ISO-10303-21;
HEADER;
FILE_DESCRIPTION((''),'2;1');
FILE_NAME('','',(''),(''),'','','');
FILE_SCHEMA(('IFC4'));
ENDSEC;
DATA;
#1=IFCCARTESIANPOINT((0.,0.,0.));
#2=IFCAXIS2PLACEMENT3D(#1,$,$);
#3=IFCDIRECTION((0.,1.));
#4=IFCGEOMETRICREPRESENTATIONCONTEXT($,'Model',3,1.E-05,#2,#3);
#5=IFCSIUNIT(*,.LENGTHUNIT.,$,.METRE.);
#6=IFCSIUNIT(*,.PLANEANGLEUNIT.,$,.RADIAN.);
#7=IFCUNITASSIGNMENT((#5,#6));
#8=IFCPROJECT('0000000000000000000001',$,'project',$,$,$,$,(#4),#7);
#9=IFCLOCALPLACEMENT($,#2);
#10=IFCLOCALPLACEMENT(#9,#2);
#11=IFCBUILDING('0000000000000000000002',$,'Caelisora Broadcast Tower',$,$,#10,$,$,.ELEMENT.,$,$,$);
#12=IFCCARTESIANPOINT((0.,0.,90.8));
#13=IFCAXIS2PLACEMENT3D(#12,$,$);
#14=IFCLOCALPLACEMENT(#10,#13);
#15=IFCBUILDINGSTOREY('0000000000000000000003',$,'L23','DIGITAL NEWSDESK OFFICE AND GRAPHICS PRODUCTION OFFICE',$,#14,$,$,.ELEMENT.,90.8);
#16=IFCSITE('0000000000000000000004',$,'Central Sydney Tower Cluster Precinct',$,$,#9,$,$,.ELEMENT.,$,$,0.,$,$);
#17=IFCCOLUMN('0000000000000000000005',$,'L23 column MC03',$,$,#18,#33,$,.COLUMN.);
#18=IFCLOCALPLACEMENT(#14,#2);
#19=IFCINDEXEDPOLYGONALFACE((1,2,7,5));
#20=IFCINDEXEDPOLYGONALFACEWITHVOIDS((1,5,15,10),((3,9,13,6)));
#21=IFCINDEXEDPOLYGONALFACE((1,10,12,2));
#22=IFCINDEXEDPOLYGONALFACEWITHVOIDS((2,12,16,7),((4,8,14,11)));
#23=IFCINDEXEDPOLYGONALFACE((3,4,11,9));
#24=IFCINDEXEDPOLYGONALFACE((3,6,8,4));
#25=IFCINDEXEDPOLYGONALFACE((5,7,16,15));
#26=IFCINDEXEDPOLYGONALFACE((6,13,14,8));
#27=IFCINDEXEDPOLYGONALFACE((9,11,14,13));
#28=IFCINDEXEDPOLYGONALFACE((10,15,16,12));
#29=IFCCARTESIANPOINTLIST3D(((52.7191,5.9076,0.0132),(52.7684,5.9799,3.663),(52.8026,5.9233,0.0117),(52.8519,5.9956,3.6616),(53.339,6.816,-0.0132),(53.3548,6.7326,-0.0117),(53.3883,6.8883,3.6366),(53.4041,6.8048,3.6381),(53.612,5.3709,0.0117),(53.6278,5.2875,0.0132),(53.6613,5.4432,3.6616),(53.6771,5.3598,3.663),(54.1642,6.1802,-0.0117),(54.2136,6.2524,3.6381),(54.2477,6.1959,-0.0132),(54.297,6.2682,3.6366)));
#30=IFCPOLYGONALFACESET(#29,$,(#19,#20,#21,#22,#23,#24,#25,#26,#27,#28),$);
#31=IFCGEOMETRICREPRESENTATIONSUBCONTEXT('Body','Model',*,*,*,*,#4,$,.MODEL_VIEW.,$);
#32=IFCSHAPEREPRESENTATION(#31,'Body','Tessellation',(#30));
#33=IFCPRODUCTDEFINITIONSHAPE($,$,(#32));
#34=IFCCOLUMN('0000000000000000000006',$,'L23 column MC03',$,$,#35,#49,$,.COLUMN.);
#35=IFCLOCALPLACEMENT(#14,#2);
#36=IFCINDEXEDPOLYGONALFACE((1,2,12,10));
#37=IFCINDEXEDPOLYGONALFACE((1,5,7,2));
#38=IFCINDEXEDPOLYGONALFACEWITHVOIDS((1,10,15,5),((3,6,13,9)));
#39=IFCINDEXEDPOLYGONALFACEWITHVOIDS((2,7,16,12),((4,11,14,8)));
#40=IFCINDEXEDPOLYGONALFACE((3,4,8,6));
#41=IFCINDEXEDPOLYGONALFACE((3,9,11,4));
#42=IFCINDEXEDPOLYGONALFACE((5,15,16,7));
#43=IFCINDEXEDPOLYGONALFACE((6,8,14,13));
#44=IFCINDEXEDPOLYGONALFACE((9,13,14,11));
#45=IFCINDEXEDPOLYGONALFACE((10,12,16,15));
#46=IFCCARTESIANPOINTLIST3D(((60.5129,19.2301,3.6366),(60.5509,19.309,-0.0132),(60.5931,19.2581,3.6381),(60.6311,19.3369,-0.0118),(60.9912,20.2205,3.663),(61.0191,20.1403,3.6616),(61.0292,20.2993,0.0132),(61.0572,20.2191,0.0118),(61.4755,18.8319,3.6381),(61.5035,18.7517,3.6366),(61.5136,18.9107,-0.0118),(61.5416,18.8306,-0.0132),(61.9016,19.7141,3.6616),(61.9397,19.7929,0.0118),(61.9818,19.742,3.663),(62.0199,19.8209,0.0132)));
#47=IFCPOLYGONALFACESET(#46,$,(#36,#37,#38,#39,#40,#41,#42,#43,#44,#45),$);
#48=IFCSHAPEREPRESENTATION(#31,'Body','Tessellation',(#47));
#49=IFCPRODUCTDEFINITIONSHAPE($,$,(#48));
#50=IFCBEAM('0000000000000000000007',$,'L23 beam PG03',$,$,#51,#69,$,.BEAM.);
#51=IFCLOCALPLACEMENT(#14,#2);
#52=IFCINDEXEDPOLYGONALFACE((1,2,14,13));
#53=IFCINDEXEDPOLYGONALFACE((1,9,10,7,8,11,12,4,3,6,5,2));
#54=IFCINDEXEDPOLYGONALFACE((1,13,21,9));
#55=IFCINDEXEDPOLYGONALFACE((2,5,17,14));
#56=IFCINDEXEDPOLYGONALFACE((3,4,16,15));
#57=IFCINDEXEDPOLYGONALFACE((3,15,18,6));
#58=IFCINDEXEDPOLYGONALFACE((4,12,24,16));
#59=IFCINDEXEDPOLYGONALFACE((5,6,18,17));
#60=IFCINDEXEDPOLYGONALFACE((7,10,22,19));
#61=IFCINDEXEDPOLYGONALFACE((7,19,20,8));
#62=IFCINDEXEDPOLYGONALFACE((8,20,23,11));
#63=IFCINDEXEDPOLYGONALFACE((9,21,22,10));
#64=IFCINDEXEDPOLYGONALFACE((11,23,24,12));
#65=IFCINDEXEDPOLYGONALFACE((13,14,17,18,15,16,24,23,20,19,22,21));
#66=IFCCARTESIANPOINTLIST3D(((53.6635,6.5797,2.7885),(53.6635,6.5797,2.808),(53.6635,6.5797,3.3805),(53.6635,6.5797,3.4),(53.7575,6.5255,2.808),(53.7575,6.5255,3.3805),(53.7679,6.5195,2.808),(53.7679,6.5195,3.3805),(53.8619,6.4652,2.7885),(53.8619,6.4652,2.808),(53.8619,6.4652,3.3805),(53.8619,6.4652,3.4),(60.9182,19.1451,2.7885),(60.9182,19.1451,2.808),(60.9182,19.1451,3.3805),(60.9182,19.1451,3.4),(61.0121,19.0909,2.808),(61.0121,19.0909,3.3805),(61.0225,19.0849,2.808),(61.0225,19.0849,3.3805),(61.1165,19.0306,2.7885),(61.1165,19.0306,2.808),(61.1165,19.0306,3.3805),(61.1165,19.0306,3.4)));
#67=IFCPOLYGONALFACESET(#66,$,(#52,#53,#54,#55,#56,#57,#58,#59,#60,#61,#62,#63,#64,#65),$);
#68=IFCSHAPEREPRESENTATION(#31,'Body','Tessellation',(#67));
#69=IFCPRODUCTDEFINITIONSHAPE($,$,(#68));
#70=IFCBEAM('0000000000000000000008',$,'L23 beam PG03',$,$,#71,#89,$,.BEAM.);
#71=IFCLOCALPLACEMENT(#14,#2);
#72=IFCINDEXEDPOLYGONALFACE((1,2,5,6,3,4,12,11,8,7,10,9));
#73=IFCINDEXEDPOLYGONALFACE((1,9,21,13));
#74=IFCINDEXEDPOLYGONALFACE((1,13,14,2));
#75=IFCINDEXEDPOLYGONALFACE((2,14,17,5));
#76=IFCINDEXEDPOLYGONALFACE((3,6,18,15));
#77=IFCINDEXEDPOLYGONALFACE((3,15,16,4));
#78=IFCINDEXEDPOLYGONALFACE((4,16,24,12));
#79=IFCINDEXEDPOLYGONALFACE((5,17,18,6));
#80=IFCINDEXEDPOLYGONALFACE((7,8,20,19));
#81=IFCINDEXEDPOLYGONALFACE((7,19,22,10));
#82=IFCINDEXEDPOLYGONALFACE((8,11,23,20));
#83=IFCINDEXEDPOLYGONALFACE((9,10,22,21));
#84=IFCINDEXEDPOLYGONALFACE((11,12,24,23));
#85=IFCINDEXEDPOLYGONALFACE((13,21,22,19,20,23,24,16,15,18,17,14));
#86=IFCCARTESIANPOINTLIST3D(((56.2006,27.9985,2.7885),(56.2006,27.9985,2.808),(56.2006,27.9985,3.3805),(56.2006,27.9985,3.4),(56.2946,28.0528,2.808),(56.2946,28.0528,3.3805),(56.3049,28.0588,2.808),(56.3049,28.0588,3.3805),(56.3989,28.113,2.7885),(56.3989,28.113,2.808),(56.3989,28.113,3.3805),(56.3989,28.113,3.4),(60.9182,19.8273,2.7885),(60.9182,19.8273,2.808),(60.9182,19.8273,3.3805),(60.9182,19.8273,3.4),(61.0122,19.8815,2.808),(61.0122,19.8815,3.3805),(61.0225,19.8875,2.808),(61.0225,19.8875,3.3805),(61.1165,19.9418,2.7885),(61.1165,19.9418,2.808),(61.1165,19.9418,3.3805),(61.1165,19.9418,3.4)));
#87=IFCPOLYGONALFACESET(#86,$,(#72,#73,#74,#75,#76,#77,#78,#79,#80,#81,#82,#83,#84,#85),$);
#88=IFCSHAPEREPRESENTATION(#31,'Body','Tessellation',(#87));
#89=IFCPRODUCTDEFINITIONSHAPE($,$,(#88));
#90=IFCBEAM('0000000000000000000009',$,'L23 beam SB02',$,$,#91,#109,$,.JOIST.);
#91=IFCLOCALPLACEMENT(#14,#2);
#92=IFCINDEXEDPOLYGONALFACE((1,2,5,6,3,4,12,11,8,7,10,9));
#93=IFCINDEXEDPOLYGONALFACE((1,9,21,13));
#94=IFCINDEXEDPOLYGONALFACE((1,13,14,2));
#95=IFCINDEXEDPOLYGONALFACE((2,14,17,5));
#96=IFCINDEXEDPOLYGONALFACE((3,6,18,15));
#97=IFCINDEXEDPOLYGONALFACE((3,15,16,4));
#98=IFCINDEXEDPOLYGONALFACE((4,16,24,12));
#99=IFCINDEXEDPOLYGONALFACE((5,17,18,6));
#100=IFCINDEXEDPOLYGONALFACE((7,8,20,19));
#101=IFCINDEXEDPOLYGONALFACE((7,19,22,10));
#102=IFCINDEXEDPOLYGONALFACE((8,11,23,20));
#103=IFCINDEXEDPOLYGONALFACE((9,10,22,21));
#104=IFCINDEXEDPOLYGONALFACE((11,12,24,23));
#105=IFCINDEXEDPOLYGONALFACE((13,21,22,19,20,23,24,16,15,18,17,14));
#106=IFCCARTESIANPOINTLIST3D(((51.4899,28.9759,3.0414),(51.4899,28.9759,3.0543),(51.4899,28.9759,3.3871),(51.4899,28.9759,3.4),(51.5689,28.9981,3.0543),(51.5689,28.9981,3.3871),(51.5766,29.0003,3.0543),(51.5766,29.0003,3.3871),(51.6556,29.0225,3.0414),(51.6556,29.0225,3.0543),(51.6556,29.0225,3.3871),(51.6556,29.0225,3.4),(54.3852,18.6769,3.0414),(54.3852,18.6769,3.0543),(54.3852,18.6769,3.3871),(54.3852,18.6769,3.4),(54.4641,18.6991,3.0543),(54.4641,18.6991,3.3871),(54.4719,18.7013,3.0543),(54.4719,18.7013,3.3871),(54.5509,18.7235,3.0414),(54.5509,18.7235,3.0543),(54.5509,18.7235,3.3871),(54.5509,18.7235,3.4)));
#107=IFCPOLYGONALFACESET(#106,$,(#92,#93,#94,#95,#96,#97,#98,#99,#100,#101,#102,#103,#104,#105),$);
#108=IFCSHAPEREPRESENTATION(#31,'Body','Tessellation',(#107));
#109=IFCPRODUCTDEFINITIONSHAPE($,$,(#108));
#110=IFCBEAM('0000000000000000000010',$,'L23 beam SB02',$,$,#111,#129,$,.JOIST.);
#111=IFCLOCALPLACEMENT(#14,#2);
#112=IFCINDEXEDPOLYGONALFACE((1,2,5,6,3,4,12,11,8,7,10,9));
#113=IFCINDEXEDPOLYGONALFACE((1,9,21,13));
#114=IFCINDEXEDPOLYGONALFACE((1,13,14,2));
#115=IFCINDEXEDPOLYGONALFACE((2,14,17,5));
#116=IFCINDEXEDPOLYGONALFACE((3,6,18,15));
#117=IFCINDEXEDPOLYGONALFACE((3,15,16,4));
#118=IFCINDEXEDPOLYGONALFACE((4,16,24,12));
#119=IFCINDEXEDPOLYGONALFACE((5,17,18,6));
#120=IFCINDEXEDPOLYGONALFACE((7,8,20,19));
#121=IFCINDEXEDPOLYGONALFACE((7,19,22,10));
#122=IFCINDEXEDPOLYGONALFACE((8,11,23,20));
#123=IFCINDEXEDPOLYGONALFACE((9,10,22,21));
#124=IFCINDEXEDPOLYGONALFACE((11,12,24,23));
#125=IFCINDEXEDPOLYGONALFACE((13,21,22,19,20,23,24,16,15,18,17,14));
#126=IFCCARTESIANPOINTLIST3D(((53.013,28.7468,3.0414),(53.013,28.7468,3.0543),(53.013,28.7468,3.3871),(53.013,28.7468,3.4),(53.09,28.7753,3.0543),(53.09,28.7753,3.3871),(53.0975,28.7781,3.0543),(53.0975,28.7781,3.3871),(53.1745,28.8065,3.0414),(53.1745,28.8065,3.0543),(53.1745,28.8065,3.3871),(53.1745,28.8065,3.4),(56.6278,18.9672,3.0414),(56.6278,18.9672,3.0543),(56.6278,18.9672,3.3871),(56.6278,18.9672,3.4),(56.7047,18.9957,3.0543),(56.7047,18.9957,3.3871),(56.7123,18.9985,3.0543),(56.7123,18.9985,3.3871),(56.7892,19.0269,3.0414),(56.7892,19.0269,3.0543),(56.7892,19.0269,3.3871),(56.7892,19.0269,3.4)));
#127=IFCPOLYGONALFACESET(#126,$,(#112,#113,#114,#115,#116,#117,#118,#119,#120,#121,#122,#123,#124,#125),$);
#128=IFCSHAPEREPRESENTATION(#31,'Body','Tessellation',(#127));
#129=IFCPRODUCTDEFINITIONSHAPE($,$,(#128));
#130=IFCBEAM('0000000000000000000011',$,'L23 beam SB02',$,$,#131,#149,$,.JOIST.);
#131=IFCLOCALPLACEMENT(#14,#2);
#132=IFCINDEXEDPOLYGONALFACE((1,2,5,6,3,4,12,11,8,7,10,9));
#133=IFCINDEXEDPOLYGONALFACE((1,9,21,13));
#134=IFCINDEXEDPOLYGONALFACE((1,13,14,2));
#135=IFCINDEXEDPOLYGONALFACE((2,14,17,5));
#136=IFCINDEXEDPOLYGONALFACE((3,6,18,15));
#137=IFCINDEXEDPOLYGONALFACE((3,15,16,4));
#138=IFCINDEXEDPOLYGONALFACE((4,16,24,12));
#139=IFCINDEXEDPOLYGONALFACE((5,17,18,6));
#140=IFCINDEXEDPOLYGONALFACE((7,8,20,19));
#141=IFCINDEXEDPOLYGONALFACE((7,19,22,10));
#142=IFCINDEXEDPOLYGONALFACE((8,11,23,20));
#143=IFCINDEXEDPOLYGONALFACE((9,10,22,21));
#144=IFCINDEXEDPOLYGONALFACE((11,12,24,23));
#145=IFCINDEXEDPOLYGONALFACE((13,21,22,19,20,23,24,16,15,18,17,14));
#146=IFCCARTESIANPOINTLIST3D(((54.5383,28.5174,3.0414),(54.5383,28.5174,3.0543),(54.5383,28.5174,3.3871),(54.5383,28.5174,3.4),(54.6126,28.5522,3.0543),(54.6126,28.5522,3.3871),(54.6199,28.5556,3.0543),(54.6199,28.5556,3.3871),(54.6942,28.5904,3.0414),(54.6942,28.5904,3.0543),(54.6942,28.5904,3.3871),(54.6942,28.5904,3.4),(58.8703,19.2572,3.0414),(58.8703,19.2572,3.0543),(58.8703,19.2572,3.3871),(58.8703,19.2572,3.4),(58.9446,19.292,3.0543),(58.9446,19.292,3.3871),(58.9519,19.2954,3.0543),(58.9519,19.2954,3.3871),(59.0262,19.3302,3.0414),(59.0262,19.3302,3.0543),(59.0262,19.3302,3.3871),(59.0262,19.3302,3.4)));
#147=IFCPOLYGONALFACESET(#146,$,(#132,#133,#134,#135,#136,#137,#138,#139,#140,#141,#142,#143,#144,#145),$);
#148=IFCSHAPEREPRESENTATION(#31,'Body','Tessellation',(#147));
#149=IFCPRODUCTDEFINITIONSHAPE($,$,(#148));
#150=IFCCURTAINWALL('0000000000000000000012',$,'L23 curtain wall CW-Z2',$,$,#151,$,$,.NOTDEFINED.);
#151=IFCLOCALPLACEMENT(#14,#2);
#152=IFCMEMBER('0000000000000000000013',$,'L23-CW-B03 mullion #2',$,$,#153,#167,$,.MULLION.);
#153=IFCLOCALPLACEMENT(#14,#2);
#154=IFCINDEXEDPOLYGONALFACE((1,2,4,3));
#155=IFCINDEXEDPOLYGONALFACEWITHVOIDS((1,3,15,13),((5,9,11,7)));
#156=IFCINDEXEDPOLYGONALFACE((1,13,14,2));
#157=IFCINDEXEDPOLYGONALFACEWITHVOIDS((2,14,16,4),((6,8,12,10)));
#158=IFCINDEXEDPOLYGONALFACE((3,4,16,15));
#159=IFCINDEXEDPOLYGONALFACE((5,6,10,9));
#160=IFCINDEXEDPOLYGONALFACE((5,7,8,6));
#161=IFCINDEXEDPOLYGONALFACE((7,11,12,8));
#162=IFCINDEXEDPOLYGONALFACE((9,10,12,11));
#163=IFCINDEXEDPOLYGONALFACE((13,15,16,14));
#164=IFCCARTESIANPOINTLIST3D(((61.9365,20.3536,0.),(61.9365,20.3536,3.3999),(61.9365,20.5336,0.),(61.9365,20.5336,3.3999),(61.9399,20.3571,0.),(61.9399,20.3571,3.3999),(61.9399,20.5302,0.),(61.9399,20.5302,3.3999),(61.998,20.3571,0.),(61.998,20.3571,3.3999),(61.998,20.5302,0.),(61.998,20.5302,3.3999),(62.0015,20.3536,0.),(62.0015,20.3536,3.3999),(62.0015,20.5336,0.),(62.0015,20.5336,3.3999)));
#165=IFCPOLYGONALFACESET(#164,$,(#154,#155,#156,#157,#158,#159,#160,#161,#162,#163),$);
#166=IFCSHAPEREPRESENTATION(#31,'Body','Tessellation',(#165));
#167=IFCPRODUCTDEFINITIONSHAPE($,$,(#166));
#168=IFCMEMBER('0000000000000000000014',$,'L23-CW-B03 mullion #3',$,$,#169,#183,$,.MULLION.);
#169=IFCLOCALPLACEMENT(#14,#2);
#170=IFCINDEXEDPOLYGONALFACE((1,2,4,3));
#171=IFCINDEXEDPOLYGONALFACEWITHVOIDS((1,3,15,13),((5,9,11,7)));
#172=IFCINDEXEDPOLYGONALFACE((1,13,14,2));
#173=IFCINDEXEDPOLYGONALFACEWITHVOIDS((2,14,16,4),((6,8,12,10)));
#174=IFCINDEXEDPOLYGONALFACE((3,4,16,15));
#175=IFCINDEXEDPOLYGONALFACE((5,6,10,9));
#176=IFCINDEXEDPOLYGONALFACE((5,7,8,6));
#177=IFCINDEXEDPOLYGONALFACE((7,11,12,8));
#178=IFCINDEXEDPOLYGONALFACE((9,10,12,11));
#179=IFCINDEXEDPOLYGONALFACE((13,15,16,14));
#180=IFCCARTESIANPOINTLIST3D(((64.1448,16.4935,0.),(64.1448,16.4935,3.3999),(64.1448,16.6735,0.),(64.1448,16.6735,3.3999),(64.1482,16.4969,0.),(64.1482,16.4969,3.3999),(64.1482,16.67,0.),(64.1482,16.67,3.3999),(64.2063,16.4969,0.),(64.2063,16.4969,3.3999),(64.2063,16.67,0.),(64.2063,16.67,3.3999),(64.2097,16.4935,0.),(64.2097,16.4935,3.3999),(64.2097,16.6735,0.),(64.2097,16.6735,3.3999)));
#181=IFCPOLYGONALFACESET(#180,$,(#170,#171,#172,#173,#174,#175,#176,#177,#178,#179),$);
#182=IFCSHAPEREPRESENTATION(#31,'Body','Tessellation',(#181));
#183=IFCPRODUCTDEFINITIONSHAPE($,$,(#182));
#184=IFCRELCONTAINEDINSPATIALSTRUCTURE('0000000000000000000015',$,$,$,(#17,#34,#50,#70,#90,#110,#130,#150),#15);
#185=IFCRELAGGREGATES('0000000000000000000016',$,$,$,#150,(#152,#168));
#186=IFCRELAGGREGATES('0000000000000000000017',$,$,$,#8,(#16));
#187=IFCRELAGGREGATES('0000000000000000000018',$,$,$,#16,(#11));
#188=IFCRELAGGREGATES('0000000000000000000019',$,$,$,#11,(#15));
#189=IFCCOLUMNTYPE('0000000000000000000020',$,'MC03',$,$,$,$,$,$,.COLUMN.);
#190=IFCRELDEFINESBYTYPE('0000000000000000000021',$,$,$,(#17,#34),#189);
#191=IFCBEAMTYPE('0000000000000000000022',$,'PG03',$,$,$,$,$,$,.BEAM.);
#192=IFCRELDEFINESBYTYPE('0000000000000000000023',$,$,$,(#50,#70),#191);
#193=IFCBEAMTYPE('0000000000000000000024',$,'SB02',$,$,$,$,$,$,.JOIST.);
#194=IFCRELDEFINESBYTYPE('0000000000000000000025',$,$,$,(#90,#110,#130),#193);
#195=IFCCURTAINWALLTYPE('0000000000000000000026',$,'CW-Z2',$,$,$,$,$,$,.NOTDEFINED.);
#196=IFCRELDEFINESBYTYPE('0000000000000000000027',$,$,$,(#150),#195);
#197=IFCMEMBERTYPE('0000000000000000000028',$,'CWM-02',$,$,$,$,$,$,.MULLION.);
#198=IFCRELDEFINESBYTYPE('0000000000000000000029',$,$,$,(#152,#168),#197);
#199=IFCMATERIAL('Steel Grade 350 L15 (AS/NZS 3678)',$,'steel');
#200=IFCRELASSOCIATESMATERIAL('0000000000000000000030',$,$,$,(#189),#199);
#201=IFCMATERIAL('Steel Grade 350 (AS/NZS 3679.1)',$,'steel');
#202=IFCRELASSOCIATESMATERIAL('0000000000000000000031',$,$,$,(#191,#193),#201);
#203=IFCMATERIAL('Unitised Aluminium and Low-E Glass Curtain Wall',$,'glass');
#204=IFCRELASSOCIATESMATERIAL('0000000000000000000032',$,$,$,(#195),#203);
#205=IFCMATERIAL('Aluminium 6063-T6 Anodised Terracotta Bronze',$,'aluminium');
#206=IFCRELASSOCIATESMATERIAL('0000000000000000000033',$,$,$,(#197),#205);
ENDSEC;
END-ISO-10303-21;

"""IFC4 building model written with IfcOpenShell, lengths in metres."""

from ifc_helpers import new_model, si_unit, direction, frame, origin, origin_2d, place, context, subcontext, project, spatial, hollow_rectangle, i_section, extrude, source, transform, mapped, material, material_profile, profile_set, type_object, type_shapes, element, aggregate, save


model = new_model("IFC4")

# Units and contexts
model_context = context("Model", 3, precision=1e-05, world=origin(), true_north=direction((0.0, 1.0)))
body_context = subcontext(model_context, "Body", "Model", "MODEL_VIEW")
ifc_project = project(units=[si_unit("LENGTHUNIT", "METRE"), si_unit("PLANEANGLEUNIT", "RADIAN")], contexts=[model_context])

# Site, building, storey
site_placement = place(None, origin())
site = spatial("IfcSite", under=ifc_project, at=site_placement, Name="Central Sydney Tower Cluster Precinct", CompositionType="ELEMENT", RefElevation=0.0)
building_placement = place(site_placement, origin())
building = spatial("IfcBuilding", under=site, at=building_placement, Name="Caelisora Broadcast Tower", CompositionType="ELEMENT")
storey_placement = place(building_placement, frame((0.0, 0.0, 90.8)))
storey = spatial("IfcBuildingStorey", under=building, at=storey_placement, Name="L23", Description="DIGITAL NEWSDESK OFFICE AND GRAPHICS PRODUCTION OFFICE", CompositionType="ELEMENT", Elevation=90.8)

# Columns
ifc_material_1 = material(Name="Steel Grade 350 L15 (AS/NZS 3678)", Category="steel")
ifc_material_profile_1 = material_profile(ifc_material_1, hollow_rectangle(XDim=1.1001, YDim=1.1001, WallThickness=0.0601, at=origin_2d()), Name="Steel Grade 350 L15 (AS/NZS 3678)")
ifc_profile_set_1 = profile_set([ifc_material_profile_1], Name="Steel Grade 350 L15 (AS/NZS 3678)")
column_type = type_object("IfcColumnType", Name="MC03", PredefinedType="COLUMN", material=ifc_profile_set_1)
shared_shape_1 = source(origin(), body_context, "Body", "SweptSolid", [
    extrude(hollow_rectangle(XDim=1.1001, YDim=1.1001, WallThickness=0.0601, at=origin_2d()), origin(), (0.0, 0.0, 1.0), 3.6509),
])
type_shapes(column_type, [shared_shape_1])
for number, where, z_axis, x_axis, name in (
    (1, (53.4834, 6.0518, 0.0), (0.013508, 0.019794, 0.999713), (-0.825991, 0.563683, 0.0), "L23 column MC03"),
    (2, (61.2854, 19.5649, 0.0), (-0.010432, -0.021599, 0.999712), (0.900476, -0.434905, 0.0), "L23 column MC03"),
):
    element("IfcColumn", number, at=place(storey_placement, frame(where, z_axis=z_axis, x_axis=x_axis)), inside=storey, type_object=column_type, Name=name, PredefinedType="COLUMN", context=body_context, shape_type="MappedRepresentation", body=[
        mapped(shared_shape_1, transform((0.0, 0.0, 0.0), scale=1.0)),
    ])

# Beams
ifc_material_2 = material(Name="Steel Grade 350 (AS/NZS 3679.1)", Category="steel")
ifc_material_profile_2 = material_profile(ifc_material_2, i_section(OverallWidth=0.229, OverallDepth=0.6116, WebThickness=0.012, FlangeThickness=0.0195, at=origin_2d()), Name="Steel Grade 350 (AS/NZS 3679.1)")
ifc_profile_set_2 = profile_set([ifc_material_profile_2], Name="Steel Grade 350 (AS/NZS 3679.1)")
beam_type_1 = type_object("IfcBeamType", Name="PG03", PredefinedType="BEAM", material=ifc_profile_set_2)
shared_shape_2 = source(origin(), body_context, "Body", "SweptSolid", [
    extrude(i_section(OverallWidth=0.229, OverallDepth=0.6116, WebThickness=0.012, FlangeThickness=0.0195, at=origin_2d()), origin(), (0.0, 0.0, 1.0), 14.5093),
])
beam_1_placement = place(storey_placement, frame((53.7627, 6.5225, 3.0942), z_axis=(0.499999, 0.866026, 0.0), x_axis=(-0.866026, 0.499999, 0.0)))
element("IfcBeam", 3, at=beam_1_placement, inside=storey, type_object=beam_type_1, Name="L23 beam PG03", PredefinedType="BEAM", context=body_context, shape_type="MappedRepresentation", body=[
    mapped(shared_shape_2, transform((0.0, 0.0, 0.0), scale=1.0)),
])
shared_shape_3 = source(origin(), body_context, "Body", "SweptSolid", [
    extrude(i_section(OverallWidth=0.229, OverallDepth=0.6116, WebThickness=0.012, FlangeThickness=0.0195, at=origin_2d()), origin(), (0.0, 0.0, 1.0), 9.4353),
])
type_shapes(beam_type_1, [shared_shape_2, shared_shape_3])
beam_2_placement = place(storey_placement, frame((61.0173, 19.8845, 3.0942), z_axis=(-0.499993, 0.866029, 0.0), x_axis=(-0.866029, -0.499993, 0.0)))
element("IfcBeam", 4, at=beam_2_placement, inside=storey, type_object=beam_type_1, Name="L23 beam PG03", PredefinedType="BEAM", context=body_context, shape_type="MappedRepresentation", body=[
    mapped(shared_shape_3, transform((0.0, 0.0, 0.0), scale=1.0)),
])
ifc_material_profile_3 = material_profile(ifc_material_2, i_section(OverallWidth=0.1721, OverallDepth=0.3586, WebThickness=0.0081, FlangeThickness=0.0129, at=origin_2d()), Name="Steel Grade 350 (AS/NZS 3679.1)")
ifc_profile_set_3 = profile_set([ifc_material_profile_3], Name="Steel Grade 350 (AS/NZS 3679.1)")
beam_type_2 = type_object("IfcBeamType", Name="SB02", PredefinedType="JOIST", material=ifc_profile_set_3)
shared_shape_4 = source(origin(), body_context, "Body", "SweptSolid", [
    extrude(i_section(OverallWidth=0.1721, OverallDepth=0.3586, WebThickness=0.0081, FlangeThickness=0.0129, at=origin_2d()), origin(), (0.0, 0.0, 1.0), 10.6982),
])
beam_3_placement = place(storey_placement, frame((54.468, 18.7002, 3.2207), z_axis=(-0.270629, 0.962684, 0.0), x_axis=(-0.962684, -0.270629, 0.0)))
element("IfcBeam", 5, at=beam_3_placement, inside=storey, type_object=beam_type_2, Name="L23 beam SB02", PredefinedType="JOIST", context=body_context, shape_type="MappedRepresentation", body=[
    mapped(shared_shape_4, transform((0.0, 0.0, 0.0), scale=1.0)),
])
shared_shape_5 = source(origin(), body_context, "Body", "SweptSolid", [
    extrude(i_section(OverallWidth=0.1721, OverallDepth=0.3586, WebThickness=0.0081, FlangeThickness=0.0129, at=origin_2d()), origin(), (0.0, 0.0, 1.0), 10.4263),
])
beam_4_placement = place(storey_placement, frame((56.7085, 18.9971, 3.2207), z_axis=(-0.346698, 0.937977, 0.0), x_axis=(-0.937977, -0.346698, 0.0)))
element("IfcBeam", 6, at=beam_4_placement, inside=storey, type_object=beam_type_2, Name="L23 beam SB02", PredefinedType="JOIST", context=body_context, shape_type="MappedRepresentation", body=[
    mapped(shared_shape_5, transform((0.0, 0.0, 0.0), scale=1.0)),
])
shared_shape_6 = source(origin(), body_context, "Body", "SweptSolid", [
    extrude(i_section(OverallWidth=0.1721, OverallDepth=0.3586, WebThickness=0.0081, FlangeThickness=0.0129, at=origin_2d()), origin(), (0.0, 0.0, 1.0), 10.2234),
])
type_shapes(beam_type_2, [shared_shape_4, shared_shape_5, shared_shape_6])
beam_5_placement = place(storey_placement, frame((58.9482, 19.2937, 3.2207), z_axis=(-0.423735, 0.905786, 0.0), x_axis=(-0.905786, -0.423735, 0.0)))
element("IfcBeam", 7, at=beam_5_placement, inside=storey, type_object=beam_type_2, Name="L23 beam SB02", PredefinedType="JOIST", context=body_context, shape_type="MappedRepresentation", body=[
    mapped(shared_shape_6, transform((0.0, 0.0, 0.0), scale=1.0)),
])

# Curtain wall, members
ifc_material_3 = material(Name="Unitised Aluminium and Low-E Glass Curtain Wall", Category="glass")
curtain_wall_type = type_object("IfcCurtainWallType", Name="CW-Z2", PredefinedType="NOTDEFINED", material=ifc_material_3)
curtain_wall_1_placement = place(storey_placement, origin())
curtain_wall_1 = element("IfcCurtainWall", 8, at=curtain_wall_1_placement, inside=storey, type_object=curtain_wall_type, Name="L23 curtain wall CW-Z2", PredefinedType="NOTDEFINED")
ifc_material_4 = material(Name="Aluminium 6063-T6 Anodised Terracotta Bronze", Category="aluminium")
ifc_material_profile_4 = material_profile(ifc_material_4, hollow_rectangle(XDim=0.0649, YDim=0.1799, WallThickness=0.0034, at=origin_2d()), Name="Aluminium 6063-T6 Anodised Terracotta Bronze")
ifc_profile_set_4 = profile_set([ifc_material_profile_4], Name="Aluminium 6063-T6 Anodised Terracotta Bronze")
member_type_1 = type_object("IfcMemberType", Name="CWM-02", PredefinedType="MULLION", material=ifc_profile_set_4)
shared_shape_7 = source(origin(), body_context, "Body", "SweptSolid", [
    extrude(hollow_rectangle(XDim=0.0649, YDim=0.1799, WallThickness=0.0034, at=origin_2d()), origin(), (0.0, 0.0, 1.0), 3.3999),
])
type_shapes(member_type_1, [shared_shape_7])
member_1_placement = place(storey_placement, frame((61.969, 20.4436, 0.0), z_axis=(0.0, 0.0, 1.0), x_axis=(1.0, 0.0, 0.0)))
member_1 = element("IfcMember", 9, at=member_1_placement, type_object=member_type_1, Name="L23-CW-B03 mullion #2", PredefinedType="MULLION", context=body_context, shape_type="MappedRepresentation", body=[
    mapped(shared_shape_7, transform((0.0, 0.0, 0.0), scale=1.0)),
])
member_2_placement = place(storey_placement, frame((64.1772, 16.5835, 0.0), z_axis=(0.0, 0.0, 1.0), x_axis=(1.0, 0.0, 0.0)))
member_2 = element("IfcMember", 10, at=member_2_placement, type_object=member_type_1, Name="L23-CW-B03 mullion #3", PredefinedType="MULLION", context=body_context, shape_type="MappedRepresentation", body=[
    mapped(shared_shape_7, transform((0.0, 0.0, 0.0), scale=1.0)),
])

aggregate(curtain_wall_1, [member_1, member_2])

save(model, "model.ifc")
